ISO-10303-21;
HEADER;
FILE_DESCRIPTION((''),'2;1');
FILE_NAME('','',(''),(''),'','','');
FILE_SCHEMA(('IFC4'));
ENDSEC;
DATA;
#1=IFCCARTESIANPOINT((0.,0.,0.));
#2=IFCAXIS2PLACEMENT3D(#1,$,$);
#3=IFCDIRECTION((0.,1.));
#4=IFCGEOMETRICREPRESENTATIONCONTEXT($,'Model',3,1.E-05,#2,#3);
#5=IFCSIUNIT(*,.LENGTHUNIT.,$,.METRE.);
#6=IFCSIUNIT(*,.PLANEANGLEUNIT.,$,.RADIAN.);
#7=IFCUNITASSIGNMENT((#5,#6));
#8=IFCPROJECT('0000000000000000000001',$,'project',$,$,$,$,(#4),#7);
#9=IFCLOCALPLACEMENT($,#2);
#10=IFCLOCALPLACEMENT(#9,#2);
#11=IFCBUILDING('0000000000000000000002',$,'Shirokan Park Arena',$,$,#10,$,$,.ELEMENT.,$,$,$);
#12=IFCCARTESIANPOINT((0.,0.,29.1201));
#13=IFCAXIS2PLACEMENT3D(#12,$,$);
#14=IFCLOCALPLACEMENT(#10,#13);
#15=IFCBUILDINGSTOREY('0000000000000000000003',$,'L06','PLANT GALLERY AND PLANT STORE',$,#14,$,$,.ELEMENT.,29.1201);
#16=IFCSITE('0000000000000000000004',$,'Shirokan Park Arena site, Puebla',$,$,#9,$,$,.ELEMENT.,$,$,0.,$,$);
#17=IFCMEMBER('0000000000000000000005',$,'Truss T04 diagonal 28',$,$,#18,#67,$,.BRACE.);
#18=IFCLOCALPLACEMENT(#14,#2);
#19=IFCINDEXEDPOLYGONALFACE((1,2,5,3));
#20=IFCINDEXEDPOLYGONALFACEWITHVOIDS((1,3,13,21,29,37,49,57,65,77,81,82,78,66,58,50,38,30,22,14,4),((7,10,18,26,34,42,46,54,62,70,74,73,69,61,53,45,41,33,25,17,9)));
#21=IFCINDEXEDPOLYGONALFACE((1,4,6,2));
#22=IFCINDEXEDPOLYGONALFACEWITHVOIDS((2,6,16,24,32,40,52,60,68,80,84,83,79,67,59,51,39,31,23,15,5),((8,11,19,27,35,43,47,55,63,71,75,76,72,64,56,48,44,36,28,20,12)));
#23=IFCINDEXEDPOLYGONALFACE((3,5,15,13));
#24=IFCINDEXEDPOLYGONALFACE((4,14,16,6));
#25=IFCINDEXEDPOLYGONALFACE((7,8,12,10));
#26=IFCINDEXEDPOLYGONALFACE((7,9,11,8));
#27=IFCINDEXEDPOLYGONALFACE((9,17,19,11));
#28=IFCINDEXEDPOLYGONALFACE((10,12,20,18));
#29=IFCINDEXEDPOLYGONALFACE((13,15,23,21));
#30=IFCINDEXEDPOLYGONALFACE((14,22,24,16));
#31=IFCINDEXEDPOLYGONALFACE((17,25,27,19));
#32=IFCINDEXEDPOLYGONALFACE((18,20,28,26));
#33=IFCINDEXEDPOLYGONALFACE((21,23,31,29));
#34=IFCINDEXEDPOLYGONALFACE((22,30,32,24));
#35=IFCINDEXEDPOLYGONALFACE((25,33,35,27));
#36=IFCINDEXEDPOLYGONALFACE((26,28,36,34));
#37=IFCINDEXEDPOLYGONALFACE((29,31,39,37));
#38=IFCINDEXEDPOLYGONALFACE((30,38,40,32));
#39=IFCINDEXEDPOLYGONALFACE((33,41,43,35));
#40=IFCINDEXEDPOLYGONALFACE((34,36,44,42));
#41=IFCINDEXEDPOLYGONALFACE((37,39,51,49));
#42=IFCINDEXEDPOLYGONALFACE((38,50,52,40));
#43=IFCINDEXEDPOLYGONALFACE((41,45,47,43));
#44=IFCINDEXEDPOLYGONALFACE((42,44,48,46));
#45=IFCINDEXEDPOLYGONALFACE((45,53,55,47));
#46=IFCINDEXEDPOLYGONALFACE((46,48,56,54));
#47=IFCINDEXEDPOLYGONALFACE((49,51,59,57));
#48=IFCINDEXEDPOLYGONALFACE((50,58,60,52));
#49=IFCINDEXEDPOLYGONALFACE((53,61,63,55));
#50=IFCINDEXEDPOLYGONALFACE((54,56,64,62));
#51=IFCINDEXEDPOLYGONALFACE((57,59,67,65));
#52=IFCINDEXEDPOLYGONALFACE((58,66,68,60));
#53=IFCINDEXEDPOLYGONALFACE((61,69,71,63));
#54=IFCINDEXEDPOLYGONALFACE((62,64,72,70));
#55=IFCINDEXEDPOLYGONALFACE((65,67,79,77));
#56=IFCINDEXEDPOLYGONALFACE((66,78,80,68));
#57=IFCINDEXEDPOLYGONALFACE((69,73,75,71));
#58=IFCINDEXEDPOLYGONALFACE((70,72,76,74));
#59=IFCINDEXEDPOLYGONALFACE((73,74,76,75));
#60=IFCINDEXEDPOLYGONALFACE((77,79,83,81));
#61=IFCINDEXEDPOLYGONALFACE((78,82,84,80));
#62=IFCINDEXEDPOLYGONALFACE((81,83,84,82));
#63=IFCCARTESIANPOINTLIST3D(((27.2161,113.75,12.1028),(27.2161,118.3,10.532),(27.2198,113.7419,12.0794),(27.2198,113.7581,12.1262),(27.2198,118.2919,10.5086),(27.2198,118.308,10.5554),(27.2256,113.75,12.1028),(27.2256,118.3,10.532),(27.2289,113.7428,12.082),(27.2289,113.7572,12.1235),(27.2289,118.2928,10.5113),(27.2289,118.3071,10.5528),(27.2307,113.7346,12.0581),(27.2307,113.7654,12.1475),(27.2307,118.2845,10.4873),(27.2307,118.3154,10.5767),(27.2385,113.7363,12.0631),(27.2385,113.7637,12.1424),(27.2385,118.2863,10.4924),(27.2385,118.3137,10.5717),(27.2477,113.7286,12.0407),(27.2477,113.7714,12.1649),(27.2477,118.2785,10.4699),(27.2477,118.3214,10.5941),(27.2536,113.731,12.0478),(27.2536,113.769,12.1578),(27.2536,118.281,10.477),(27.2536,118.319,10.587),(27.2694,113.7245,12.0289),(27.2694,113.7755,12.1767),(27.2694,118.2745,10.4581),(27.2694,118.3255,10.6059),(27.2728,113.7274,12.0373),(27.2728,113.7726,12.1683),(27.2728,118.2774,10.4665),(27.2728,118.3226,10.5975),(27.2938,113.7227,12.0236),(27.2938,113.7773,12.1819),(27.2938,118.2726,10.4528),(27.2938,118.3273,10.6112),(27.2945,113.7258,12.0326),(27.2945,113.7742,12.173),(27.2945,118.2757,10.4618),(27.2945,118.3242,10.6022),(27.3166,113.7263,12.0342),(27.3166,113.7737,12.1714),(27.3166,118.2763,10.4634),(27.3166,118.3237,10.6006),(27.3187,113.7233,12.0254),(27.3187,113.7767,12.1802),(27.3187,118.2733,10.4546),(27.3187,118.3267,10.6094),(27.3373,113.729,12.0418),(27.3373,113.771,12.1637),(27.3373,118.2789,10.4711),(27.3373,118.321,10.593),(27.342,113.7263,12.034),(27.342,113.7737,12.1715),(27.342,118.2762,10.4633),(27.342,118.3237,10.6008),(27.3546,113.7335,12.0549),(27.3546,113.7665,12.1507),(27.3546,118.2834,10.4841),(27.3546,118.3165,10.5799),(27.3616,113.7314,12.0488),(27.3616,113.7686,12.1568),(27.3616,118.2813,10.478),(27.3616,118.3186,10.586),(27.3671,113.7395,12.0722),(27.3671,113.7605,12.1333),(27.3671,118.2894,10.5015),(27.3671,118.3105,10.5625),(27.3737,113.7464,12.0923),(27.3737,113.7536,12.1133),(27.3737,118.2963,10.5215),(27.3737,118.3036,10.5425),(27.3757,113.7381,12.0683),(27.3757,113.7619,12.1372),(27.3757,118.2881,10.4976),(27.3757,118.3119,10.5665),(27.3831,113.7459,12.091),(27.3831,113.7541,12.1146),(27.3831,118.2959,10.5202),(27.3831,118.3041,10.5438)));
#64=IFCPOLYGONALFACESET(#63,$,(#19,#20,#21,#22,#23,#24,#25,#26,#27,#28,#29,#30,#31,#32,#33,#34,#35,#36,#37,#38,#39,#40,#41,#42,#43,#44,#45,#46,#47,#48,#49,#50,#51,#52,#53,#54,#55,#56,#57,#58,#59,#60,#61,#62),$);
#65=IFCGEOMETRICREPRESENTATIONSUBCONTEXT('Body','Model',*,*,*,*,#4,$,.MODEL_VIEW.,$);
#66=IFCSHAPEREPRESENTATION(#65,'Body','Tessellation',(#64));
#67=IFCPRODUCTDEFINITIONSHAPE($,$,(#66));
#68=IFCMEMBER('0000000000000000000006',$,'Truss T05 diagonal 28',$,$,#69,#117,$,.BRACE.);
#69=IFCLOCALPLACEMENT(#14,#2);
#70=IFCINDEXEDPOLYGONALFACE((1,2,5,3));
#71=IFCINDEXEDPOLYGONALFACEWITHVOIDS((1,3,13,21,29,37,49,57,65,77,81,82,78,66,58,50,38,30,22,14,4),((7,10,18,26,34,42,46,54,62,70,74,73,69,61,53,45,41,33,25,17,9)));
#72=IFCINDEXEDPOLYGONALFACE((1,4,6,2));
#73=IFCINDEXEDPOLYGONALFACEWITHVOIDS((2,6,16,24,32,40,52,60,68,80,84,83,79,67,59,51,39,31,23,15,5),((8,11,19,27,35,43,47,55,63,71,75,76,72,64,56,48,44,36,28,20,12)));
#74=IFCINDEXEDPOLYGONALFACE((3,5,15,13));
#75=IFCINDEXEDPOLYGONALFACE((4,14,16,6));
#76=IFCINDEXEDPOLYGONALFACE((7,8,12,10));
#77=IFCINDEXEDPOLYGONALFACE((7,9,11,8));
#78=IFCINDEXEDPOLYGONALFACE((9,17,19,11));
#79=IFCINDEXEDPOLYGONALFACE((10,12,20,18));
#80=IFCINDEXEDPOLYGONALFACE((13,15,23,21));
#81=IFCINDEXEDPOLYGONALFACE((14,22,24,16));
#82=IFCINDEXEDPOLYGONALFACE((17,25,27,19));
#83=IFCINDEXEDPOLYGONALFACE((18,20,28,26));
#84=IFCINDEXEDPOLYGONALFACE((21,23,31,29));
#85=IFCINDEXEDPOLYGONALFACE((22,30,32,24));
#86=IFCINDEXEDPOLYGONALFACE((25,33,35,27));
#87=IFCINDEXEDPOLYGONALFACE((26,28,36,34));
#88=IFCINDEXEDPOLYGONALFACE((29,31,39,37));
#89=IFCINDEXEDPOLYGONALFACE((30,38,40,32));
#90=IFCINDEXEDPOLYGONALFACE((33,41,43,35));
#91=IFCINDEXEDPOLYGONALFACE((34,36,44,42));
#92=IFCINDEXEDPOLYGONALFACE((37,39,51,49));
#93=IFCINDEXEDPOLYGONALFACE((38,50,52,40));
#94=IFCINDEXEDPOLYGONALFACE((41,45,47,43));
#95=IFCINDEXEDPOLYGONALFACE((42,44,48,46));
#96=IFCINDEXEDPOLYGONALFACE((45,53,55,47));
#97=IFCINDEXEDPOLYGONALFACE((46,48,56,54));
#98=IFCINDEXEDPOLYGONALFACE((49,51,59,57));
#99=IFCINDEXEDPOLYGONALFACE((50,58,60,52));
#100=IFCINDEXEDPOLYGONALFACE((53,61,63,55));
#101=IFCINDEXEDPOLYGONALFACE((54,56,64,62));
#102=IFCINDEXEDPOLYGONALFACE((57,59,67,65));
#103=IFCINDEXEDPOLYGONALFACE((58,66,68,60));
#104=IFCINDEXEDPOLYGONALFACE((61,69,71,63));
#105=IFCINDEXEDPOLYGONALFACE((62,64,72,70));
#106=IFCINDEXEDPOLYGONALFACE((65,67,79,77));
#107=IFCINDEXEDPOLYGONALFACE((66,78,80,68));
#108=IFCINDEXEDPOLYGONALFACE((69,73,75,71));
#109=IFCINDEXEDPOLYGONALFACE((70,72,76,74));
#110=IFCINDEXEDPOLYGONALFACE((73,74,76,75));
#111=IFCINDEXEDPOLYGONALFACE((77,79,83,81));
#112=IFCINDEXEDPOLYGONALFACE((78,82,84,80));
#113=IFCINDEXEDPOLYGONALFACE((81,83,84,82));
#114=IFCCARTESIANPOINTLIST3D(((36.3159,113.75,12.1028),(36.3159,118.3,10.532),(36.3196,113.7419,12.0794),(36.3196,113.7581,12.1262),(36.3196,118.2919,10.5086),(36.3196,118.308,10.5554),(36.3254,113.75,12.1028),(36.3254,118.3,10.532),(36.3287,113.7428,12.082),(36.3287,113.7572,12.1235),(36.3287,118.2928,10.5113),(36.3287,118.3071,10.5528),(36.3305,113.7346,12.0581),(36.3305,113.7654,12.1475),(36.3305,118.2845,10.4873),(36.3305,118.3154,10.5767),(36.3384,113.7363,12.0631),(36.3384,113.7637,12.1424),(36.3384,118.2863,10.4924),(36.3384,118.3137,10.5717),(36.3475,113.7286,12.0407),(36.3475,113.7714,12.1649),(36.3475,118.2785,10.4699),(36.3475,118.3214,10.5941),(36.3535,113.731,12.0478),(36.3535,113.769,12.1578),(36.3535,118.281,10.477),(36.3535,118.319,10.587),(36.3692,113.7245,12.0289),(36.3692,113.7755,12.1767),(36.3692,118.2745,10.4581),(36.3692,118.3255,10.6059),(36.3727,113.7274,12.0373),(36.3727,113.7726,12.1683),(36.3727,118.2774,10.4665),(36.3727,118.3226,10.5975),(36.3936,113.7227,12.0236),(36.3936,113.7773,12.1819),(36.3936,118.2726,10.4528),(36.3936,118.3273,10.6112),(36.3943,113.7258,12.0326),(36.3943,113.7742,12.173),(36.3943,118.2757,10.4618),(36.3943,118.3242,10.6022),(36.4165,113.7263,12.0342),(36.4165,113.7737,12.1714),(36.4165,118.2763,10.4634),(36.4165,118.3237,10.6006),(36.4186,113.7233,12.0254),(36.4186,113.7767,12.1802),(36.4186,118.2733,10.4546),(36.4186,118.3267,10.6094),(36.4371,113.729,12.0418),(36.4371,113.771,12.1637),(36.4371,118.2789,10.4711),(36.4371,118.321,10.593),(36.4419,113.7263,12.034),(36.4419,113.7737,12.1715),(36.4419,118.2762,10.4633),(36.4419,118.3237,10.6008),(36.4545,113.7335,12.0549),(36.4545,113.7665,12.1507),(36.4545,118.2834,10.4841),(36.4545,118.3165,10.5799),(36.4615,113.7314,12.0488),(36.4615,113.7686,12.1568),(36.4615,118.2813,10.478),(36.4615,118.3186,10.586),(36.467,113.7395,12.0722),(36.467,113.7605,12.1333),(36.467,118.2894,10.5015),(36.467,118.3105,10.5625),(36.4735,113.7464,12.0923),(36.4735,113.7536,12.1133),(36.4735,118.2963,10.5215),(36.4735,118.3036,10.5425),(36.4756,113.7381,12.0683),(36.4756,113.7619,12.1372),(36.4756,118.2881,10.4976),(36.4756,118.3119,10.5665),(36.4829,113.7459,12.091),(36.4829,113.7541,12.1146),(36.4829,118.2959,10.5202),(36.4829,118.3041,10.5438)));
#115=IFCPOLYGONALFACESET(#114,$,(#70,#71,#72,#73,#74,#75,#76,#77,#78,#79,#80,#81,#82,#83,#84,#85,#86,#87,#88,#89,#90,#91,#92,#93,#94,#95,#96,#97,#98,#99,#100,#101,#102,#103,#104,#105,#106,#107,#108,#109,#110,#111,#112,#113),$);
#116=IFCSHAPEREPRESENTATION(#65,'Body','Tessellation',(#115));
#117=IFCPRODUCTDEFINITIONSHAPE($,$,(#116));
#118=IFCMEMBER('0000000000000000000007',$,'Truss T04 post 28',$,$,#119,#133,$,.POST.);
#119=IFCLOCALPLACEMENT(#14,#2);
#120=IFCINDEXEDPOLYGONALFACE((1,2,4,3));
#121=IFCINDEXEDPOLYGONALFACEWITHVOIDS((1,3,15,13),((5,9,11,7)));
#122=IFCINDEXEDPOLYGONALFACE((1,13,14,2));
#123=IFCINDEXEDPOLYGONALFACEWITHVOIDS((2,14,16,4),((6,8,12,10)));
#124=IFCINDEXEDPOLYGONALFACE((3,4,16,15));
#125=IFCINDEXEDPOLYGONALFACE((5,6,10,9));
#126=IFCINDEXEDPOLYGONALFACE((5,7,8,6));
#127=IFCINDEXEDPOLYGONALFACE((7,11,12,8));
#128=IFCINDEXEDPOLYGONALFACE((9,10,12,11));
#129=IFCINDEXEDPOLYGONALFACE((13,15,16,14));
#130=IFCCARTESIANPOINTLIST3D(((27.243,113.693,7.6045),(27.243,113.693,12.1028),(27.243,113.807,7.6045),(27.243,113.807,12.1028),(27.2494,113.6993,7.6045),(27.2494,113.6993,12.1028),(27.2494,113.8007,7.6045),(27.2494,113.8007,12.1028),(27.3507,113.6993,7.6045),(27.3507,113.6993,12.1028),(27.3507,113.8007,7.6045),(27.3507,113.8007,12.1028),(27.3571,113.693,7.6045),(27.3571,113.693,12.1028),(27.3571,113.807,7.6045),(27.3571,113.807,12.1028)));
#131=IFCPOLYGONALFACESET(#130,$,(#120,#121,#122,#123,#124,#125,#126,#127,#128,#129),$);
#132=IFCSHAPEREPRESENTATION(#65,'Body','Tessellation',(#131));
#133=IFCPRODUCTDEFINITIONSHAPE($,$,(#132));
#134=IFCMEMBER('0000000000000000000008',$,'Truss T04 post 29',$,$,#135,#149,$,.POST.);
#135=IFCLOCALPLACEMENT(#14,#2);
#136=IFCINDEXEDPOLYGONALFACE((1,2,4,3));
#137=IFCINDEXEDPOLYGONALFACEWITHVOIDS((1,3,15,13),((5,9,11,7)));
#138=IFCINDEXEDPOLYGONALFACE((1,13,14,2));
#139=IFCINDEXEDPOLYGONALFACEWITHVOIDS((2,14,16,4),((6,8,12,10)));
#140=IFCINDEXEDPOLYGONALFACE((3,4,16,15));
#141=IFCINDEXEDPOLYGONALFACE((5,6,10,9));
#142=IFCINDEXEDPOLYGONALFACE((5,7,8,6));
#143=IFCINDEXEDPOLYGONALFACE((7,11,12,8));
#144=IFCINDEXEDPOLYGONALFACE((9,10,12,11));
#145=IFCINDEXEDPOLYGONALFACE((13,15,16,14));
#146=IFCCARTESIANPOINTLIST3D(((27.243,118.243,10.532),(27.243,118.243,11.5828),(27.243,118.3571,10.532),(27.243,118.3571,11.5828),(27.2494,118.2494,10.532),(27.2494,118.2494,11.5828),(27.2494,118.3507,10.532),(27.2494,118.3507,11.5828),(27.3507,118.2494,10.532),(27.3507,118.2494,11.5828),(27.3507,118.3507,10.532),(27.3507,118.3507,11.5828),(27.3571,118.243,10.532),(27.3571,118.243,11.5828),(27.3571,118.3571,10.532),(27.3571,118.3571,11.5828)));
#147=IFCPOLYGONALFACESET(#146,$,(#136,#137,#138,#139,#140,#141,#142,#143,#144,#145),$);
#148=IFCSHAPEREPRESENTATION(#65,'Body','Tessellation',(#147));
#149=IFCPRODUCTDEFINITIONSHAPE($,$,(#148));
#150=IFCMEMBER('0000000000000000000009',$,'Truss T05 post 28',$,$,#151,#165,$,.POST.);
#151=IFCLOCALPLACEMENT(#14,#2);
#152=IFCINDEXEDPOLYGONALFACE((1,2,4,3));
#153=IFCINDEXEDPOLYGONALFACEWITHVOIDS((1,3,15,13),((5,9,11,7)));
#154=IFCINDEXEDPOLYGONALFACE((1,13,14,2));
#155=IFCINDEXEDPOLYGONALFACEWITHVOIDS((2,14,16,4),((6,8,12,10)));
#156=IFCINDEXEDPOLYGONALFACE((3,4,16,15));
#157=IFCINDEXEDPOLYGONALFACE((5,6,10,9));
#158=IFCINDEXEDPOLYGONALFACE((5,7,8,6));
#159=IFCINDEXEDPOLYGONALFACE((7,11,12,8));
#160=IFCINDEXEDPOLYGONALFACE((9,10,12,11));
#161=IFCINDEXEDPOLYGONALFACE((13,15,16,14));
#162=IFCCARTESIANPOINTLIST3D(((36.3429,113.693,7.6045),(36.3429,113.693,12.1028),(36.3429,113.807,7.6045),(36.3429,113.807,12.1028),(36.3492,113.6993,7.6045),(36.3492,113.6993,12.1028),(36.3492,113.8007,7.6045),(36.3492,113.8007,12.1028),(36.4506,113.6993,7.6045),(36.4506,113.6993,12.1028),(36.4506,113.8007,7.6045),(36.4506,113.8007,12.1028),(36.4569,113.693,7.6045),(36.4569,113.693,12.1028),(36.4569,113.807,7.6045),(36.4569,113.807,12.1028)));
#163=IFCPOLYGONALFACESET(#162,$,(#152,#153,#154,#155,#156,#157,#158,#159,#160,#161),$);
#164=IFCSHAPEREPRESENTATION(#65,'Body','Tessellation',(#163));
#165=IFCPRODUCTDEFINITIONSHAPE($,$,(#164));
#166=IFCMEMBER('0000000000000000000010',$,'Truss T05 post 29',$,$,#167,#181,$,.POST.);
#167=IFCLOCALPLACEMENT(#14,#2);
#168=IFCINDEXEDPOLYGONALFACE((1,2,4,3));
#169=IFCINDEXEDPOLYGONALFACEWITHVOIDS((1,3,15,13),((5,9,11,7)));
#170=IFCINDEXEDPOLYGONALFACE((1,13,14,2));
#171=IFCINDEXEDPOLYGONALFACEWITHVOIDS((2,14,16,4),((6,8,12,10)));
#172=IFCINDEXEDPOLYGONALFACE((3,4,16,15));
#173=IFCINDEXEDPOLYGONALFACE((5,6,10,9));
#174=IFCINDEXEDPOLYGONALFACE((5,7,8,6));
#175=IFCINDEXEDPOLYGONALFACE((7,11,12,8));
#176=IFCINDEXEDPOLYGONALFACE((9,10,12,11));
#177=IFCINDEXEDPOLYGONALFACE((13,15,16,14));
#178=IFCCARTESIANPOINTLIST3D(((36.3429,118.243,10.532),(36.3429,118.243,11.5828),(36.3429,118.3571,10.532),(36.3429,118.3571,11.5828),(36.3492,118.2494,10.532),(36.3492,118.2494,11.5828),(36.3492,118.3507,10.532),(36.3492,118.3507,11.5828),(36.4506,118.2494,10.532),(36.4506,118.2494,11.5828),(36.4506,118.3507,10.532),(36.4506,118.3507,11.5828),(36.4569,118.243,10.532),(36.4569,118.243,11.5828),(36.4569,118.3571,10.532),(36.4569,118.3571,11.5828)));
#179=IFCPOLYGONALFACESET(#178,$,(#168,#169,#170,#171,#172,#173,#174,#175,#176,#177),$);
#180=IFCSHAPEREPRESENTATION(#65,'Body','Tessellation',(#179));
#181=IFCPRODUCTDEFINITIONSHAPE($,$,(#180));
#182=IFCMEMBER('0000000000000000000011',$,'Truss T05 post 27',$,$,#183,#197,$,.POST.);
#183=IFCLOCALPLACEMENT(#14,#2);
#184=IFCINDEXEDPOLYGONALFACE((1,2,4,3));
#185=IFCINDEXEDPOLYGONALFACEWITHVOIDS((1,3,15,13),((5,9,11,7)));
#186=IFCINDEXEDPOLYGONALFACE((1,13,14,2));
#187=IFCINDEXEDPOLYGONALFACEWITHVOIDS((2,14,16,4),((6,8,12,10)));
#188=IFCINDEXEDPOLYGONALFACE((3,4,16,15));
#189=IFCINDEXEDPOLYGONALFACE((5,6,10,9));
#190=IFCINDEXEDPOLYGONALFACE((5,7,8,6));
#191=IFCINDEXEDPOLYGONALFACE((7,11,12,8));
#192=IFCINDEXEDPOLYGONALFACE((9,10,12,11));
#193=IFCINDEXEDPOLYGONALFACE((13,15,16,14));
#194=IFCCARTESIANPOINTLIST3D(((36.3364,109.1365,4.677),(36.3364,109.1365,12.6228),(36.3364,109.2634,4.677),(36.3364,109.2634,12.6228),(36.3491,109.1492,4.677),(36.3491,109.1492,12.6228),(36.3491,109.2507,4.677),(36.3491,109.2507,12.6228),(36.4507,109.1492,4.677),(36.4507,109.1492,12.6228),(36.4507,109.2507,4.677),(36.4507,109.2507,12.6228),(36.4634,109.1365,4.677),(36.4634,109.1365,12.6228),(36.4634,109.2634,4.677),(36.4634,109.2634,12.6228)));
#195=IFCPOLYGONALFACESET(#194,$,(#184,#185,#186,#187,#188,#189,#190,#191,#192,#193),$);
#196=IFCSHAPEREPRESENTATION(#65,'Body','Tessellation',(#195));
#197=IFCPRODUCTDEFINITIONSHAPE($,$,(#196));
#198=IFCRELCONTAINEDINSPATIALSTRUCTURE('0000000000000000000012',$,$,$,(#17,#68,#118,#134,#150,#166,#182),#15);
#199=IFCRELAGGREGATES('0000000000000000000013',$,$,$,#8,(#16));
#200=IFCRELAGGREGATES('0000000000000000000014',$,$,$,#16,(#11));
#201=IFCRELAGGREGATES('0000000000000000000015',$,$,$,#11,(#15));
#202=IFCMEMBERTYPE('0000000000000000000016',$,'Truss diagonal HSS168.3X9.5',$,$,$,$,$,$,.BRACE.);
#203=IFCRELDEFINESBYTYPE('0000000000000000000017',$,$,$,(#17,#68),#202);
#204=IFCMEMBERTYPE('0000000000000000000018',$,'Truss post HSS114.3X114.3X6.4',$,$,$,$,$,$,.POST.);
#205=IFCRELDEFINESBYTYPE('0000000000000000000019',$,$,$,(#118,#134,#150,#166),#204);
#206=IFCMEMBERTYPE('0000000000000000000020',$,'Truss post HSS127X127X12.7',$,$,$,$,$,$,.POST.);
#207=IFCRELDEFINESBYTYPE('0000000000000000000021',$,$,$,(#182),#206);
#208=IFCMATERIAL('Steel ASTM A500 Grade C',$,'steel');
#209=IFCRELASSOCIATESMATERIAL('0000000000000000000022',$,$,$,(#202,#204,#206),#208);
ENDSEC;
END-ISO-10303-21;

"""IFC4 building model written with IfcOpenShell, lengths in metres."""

from ifc_helpers import new_model, si_unit, direction, frame, origin, origin_2d, place, context, subcontext, project, spatial, hollow_rectangle, hollow_circle, extrude, material, material_profile, profile_set, type_object, element, save


model = new_model("IFC4")

# Units and contexts
model_context = context("Model", 3, precision=1e-05, world=origin(), true_north=direction((0.0, 1.0)))
body_context = subcontext(model_context, "Body", "Model", "MODEL_VIEW")
ifc_project = project(units=[si_unit("LENGTHUNIT", "METRE"), si_unit("PLANEANGLEUNIT", "RADIAN")], contexts=[model_context])

# Site, building, storey
site_placement = place(None, origin())
site = spatial("IfcSite", under=ifc_project, at=site_placement, Name="Shirokan Park Arena site, Puebla", CompositionType="ELEMENT", RefElevation=0.0)
building_placement = place(site_placement, origin())
building = spatial("IfcBuilding", under=site, at=building_placement, Name="Shirokan Park Arena", CompositionType="ELEMENT")
storey_placement = place(building_placement, frame((0.0, 0.0, 29.1201)))
storey = spatial("IfcBuildingStorey", under=building, at=storey_placement, Name="L06", Description="PLANT GALLERY AND PLANT STORE", CompositionType="ELEMENT", Elevation=29.1201)

# Shared definitions
ifc_material_1 = material(Name="Steel ASTM A500 Grade C", Category="steel")

# Members
ifc_material_profile_1 = material_profile(ifc_material_1, hollow_circle(Radius=0.084, WallThickness=0.0095, at=origin_2d()), Name="HSS168.3X9.5")
ifc_profile_set_1 = profile_set([ifc_material_profile_1], Name="Steel ASTM A500 Grade C")
member_type_1 = type_object("IfcMemberType", Name="Truss diagonal HSS168.3X9.5", PredefinedType="BRACE", material=ifc_profile_set_1)
for number, where, z_axis, x_axis, name in (
    (1, (27.3, 113.75, 12.1028), (0.0, 0.945256, -0.326328), (-1.0, 0.0, 0.0), "Truss T04 diagonal 28"),
    (2, (36.3999, 113.75, 12.1028), (0.0, 0.945256, -0.326328), (-1.0, 0.0, 0.0), "Truss T05 diagonal 28"),
):
    element("IfcMember", number, at=place(storey_placement, frame(where, z_axis=z_axis, x_axis=x_axis)), inside=storey, type_object=member_type_1, Name=name, PredefinedType="BRACE", context=body_context, shape_type="SweptSolid", body=[
        extrude(hollow_circle(Radius=0.084, WallThickness=0.0095, at=origin_2d()), origin(), (0.0, 0.0, 1.0), 4.8135),
    ])
ifc_material_profile_2 = material_profile(ifc_material_1, hollow_rectangle(XDim=0.114, YDim=0.114, WallThickness=0.0063, at=origin_2d()), Name="HSS114.3X114.3X6.4")
ifc_profile_set_2 = profile_set([ifc_material_profile_2], Name="Steel ASTM A500 Grade C")
member_type_2 = type_object("IfcMemberType", Name="Truss post HSS114.3X114.3X6.4", PredefinedType="POST", material=ifc_profile_set_2)
member_1_placement = place(storey_placement, frame((27.3, 113.75, 7.6045), z_axis=(0.0, 0.0, 1.0), x_axis=(1.0, 0.0, 0.0)))
element("IfcMember", 3, at=member_1_placement, inside=storey, type_object=member_type_2, Name="Truss T04 post 28", PredefinedType="POST", context=body_context, shape_type="SweptSolid", body=[
    extrude(hollow_rectangle(XDim=0.114, YDim=0.114, WallThickness=0.0063, at=origin_2d()), origin(), (0.0, 0.0, 1.0), 4.4983),
])
member_2_placement = place(storey_placement, frame((27.3, 118.3, 10.532), z_axis=(0.0, 0.0, 1.0), x_axis=(1.0, 0.0, 0.0)))
element("IfcMember", 4, at=member_2_placement, inside=storey, type_object=member_type_2, Name="Truss T04 post 29", PredefinedType="POST", context=body_context, shape_type="SweptSolid", body=[
    extrude(hollow_rectangle(XDim=0.114, YDim=0.114, WallThickness=0.0063, at=origin_2d()), origin(), (0.0, 0.0, 1.0), 1.0508),
])
member_3_placement = place(storey_placement, frame((36.3999, 113.75, 7.6045), z_axis=(0.0, 0.0, 1.0), x_axis=(1.0, 0.0, 0.0)))
element("IfcMember", 5, at=member_3_placement, inside=storey, type_object=member_type_2, Name="Truss T05 post 28", PredefinedType="POST", context=body_context, shape_type="SweptSolid", body=[
    extrude(hollow_rectangle(XDim=0.114, YDim=0.114, WallThickness=0.0063, at=origin_2d()), origin(), (0.0, 0.0, 1.0), 4.4983),
])
member_4_placement = place(storey_placement, frame((36.3999, 118.3, 10.532), z_axis=(0.0, 0.0, 1.0), x_axis=(1.0, 0.0, 0.0)))
element("IfcMember", 6, at=member_4_placement, inside=storey, type_object=member_type_2, Name="Truss T05 post 29", PredefinedType="POST", context=body_context, shape_type="SweptSolid", body=[
    extrude(hollow_rectangle(XDim=0.114, YDim=0.114, WallThickness=0.0063, at=origin_2d()), origin(), (0.0, 0.0, 1.0), 1.0508),
])
ifc_material_profile_3 = material_profile(ifc_material_1, hollow_rectangle(XDim=0.127, YDim=0.127, WallThickness=0.0127, at=origin_2d()), Name="HSS127X127X12.7")
ifc_profile_set_3 = profile_set([ifc_material_profile_3], Name="Steel ASTM A500 Grade C")
member_type_3 = type_object("IfcMemberType", Name="Truss post HSS127X127X12.7", PredefinedType="POST", material=ifc_profile_set_3)
member_5_placement = place(storey_placement, frame((36.3999, 109.2, 4.677), z_axis=(0.0, 0.0, 1.0), x_axis=(1.0, 0.0, 0.0)))
element("IfcMember", 7, at=member_5_placement, inside=storey, type_object=member_type_3, Name="Truss T05 post 27", PredefinedType="POST", context=body_context, shape_type="SweptSolid", body=[
    extrude(hollow_rectangle(XDim=0.127, YDim=0.127, WallThickness=0.0127, at=origin_2d()), origin(), (0.0, 0.0, 1.0), 7.9458),
])

save(model, "model.ifc")
